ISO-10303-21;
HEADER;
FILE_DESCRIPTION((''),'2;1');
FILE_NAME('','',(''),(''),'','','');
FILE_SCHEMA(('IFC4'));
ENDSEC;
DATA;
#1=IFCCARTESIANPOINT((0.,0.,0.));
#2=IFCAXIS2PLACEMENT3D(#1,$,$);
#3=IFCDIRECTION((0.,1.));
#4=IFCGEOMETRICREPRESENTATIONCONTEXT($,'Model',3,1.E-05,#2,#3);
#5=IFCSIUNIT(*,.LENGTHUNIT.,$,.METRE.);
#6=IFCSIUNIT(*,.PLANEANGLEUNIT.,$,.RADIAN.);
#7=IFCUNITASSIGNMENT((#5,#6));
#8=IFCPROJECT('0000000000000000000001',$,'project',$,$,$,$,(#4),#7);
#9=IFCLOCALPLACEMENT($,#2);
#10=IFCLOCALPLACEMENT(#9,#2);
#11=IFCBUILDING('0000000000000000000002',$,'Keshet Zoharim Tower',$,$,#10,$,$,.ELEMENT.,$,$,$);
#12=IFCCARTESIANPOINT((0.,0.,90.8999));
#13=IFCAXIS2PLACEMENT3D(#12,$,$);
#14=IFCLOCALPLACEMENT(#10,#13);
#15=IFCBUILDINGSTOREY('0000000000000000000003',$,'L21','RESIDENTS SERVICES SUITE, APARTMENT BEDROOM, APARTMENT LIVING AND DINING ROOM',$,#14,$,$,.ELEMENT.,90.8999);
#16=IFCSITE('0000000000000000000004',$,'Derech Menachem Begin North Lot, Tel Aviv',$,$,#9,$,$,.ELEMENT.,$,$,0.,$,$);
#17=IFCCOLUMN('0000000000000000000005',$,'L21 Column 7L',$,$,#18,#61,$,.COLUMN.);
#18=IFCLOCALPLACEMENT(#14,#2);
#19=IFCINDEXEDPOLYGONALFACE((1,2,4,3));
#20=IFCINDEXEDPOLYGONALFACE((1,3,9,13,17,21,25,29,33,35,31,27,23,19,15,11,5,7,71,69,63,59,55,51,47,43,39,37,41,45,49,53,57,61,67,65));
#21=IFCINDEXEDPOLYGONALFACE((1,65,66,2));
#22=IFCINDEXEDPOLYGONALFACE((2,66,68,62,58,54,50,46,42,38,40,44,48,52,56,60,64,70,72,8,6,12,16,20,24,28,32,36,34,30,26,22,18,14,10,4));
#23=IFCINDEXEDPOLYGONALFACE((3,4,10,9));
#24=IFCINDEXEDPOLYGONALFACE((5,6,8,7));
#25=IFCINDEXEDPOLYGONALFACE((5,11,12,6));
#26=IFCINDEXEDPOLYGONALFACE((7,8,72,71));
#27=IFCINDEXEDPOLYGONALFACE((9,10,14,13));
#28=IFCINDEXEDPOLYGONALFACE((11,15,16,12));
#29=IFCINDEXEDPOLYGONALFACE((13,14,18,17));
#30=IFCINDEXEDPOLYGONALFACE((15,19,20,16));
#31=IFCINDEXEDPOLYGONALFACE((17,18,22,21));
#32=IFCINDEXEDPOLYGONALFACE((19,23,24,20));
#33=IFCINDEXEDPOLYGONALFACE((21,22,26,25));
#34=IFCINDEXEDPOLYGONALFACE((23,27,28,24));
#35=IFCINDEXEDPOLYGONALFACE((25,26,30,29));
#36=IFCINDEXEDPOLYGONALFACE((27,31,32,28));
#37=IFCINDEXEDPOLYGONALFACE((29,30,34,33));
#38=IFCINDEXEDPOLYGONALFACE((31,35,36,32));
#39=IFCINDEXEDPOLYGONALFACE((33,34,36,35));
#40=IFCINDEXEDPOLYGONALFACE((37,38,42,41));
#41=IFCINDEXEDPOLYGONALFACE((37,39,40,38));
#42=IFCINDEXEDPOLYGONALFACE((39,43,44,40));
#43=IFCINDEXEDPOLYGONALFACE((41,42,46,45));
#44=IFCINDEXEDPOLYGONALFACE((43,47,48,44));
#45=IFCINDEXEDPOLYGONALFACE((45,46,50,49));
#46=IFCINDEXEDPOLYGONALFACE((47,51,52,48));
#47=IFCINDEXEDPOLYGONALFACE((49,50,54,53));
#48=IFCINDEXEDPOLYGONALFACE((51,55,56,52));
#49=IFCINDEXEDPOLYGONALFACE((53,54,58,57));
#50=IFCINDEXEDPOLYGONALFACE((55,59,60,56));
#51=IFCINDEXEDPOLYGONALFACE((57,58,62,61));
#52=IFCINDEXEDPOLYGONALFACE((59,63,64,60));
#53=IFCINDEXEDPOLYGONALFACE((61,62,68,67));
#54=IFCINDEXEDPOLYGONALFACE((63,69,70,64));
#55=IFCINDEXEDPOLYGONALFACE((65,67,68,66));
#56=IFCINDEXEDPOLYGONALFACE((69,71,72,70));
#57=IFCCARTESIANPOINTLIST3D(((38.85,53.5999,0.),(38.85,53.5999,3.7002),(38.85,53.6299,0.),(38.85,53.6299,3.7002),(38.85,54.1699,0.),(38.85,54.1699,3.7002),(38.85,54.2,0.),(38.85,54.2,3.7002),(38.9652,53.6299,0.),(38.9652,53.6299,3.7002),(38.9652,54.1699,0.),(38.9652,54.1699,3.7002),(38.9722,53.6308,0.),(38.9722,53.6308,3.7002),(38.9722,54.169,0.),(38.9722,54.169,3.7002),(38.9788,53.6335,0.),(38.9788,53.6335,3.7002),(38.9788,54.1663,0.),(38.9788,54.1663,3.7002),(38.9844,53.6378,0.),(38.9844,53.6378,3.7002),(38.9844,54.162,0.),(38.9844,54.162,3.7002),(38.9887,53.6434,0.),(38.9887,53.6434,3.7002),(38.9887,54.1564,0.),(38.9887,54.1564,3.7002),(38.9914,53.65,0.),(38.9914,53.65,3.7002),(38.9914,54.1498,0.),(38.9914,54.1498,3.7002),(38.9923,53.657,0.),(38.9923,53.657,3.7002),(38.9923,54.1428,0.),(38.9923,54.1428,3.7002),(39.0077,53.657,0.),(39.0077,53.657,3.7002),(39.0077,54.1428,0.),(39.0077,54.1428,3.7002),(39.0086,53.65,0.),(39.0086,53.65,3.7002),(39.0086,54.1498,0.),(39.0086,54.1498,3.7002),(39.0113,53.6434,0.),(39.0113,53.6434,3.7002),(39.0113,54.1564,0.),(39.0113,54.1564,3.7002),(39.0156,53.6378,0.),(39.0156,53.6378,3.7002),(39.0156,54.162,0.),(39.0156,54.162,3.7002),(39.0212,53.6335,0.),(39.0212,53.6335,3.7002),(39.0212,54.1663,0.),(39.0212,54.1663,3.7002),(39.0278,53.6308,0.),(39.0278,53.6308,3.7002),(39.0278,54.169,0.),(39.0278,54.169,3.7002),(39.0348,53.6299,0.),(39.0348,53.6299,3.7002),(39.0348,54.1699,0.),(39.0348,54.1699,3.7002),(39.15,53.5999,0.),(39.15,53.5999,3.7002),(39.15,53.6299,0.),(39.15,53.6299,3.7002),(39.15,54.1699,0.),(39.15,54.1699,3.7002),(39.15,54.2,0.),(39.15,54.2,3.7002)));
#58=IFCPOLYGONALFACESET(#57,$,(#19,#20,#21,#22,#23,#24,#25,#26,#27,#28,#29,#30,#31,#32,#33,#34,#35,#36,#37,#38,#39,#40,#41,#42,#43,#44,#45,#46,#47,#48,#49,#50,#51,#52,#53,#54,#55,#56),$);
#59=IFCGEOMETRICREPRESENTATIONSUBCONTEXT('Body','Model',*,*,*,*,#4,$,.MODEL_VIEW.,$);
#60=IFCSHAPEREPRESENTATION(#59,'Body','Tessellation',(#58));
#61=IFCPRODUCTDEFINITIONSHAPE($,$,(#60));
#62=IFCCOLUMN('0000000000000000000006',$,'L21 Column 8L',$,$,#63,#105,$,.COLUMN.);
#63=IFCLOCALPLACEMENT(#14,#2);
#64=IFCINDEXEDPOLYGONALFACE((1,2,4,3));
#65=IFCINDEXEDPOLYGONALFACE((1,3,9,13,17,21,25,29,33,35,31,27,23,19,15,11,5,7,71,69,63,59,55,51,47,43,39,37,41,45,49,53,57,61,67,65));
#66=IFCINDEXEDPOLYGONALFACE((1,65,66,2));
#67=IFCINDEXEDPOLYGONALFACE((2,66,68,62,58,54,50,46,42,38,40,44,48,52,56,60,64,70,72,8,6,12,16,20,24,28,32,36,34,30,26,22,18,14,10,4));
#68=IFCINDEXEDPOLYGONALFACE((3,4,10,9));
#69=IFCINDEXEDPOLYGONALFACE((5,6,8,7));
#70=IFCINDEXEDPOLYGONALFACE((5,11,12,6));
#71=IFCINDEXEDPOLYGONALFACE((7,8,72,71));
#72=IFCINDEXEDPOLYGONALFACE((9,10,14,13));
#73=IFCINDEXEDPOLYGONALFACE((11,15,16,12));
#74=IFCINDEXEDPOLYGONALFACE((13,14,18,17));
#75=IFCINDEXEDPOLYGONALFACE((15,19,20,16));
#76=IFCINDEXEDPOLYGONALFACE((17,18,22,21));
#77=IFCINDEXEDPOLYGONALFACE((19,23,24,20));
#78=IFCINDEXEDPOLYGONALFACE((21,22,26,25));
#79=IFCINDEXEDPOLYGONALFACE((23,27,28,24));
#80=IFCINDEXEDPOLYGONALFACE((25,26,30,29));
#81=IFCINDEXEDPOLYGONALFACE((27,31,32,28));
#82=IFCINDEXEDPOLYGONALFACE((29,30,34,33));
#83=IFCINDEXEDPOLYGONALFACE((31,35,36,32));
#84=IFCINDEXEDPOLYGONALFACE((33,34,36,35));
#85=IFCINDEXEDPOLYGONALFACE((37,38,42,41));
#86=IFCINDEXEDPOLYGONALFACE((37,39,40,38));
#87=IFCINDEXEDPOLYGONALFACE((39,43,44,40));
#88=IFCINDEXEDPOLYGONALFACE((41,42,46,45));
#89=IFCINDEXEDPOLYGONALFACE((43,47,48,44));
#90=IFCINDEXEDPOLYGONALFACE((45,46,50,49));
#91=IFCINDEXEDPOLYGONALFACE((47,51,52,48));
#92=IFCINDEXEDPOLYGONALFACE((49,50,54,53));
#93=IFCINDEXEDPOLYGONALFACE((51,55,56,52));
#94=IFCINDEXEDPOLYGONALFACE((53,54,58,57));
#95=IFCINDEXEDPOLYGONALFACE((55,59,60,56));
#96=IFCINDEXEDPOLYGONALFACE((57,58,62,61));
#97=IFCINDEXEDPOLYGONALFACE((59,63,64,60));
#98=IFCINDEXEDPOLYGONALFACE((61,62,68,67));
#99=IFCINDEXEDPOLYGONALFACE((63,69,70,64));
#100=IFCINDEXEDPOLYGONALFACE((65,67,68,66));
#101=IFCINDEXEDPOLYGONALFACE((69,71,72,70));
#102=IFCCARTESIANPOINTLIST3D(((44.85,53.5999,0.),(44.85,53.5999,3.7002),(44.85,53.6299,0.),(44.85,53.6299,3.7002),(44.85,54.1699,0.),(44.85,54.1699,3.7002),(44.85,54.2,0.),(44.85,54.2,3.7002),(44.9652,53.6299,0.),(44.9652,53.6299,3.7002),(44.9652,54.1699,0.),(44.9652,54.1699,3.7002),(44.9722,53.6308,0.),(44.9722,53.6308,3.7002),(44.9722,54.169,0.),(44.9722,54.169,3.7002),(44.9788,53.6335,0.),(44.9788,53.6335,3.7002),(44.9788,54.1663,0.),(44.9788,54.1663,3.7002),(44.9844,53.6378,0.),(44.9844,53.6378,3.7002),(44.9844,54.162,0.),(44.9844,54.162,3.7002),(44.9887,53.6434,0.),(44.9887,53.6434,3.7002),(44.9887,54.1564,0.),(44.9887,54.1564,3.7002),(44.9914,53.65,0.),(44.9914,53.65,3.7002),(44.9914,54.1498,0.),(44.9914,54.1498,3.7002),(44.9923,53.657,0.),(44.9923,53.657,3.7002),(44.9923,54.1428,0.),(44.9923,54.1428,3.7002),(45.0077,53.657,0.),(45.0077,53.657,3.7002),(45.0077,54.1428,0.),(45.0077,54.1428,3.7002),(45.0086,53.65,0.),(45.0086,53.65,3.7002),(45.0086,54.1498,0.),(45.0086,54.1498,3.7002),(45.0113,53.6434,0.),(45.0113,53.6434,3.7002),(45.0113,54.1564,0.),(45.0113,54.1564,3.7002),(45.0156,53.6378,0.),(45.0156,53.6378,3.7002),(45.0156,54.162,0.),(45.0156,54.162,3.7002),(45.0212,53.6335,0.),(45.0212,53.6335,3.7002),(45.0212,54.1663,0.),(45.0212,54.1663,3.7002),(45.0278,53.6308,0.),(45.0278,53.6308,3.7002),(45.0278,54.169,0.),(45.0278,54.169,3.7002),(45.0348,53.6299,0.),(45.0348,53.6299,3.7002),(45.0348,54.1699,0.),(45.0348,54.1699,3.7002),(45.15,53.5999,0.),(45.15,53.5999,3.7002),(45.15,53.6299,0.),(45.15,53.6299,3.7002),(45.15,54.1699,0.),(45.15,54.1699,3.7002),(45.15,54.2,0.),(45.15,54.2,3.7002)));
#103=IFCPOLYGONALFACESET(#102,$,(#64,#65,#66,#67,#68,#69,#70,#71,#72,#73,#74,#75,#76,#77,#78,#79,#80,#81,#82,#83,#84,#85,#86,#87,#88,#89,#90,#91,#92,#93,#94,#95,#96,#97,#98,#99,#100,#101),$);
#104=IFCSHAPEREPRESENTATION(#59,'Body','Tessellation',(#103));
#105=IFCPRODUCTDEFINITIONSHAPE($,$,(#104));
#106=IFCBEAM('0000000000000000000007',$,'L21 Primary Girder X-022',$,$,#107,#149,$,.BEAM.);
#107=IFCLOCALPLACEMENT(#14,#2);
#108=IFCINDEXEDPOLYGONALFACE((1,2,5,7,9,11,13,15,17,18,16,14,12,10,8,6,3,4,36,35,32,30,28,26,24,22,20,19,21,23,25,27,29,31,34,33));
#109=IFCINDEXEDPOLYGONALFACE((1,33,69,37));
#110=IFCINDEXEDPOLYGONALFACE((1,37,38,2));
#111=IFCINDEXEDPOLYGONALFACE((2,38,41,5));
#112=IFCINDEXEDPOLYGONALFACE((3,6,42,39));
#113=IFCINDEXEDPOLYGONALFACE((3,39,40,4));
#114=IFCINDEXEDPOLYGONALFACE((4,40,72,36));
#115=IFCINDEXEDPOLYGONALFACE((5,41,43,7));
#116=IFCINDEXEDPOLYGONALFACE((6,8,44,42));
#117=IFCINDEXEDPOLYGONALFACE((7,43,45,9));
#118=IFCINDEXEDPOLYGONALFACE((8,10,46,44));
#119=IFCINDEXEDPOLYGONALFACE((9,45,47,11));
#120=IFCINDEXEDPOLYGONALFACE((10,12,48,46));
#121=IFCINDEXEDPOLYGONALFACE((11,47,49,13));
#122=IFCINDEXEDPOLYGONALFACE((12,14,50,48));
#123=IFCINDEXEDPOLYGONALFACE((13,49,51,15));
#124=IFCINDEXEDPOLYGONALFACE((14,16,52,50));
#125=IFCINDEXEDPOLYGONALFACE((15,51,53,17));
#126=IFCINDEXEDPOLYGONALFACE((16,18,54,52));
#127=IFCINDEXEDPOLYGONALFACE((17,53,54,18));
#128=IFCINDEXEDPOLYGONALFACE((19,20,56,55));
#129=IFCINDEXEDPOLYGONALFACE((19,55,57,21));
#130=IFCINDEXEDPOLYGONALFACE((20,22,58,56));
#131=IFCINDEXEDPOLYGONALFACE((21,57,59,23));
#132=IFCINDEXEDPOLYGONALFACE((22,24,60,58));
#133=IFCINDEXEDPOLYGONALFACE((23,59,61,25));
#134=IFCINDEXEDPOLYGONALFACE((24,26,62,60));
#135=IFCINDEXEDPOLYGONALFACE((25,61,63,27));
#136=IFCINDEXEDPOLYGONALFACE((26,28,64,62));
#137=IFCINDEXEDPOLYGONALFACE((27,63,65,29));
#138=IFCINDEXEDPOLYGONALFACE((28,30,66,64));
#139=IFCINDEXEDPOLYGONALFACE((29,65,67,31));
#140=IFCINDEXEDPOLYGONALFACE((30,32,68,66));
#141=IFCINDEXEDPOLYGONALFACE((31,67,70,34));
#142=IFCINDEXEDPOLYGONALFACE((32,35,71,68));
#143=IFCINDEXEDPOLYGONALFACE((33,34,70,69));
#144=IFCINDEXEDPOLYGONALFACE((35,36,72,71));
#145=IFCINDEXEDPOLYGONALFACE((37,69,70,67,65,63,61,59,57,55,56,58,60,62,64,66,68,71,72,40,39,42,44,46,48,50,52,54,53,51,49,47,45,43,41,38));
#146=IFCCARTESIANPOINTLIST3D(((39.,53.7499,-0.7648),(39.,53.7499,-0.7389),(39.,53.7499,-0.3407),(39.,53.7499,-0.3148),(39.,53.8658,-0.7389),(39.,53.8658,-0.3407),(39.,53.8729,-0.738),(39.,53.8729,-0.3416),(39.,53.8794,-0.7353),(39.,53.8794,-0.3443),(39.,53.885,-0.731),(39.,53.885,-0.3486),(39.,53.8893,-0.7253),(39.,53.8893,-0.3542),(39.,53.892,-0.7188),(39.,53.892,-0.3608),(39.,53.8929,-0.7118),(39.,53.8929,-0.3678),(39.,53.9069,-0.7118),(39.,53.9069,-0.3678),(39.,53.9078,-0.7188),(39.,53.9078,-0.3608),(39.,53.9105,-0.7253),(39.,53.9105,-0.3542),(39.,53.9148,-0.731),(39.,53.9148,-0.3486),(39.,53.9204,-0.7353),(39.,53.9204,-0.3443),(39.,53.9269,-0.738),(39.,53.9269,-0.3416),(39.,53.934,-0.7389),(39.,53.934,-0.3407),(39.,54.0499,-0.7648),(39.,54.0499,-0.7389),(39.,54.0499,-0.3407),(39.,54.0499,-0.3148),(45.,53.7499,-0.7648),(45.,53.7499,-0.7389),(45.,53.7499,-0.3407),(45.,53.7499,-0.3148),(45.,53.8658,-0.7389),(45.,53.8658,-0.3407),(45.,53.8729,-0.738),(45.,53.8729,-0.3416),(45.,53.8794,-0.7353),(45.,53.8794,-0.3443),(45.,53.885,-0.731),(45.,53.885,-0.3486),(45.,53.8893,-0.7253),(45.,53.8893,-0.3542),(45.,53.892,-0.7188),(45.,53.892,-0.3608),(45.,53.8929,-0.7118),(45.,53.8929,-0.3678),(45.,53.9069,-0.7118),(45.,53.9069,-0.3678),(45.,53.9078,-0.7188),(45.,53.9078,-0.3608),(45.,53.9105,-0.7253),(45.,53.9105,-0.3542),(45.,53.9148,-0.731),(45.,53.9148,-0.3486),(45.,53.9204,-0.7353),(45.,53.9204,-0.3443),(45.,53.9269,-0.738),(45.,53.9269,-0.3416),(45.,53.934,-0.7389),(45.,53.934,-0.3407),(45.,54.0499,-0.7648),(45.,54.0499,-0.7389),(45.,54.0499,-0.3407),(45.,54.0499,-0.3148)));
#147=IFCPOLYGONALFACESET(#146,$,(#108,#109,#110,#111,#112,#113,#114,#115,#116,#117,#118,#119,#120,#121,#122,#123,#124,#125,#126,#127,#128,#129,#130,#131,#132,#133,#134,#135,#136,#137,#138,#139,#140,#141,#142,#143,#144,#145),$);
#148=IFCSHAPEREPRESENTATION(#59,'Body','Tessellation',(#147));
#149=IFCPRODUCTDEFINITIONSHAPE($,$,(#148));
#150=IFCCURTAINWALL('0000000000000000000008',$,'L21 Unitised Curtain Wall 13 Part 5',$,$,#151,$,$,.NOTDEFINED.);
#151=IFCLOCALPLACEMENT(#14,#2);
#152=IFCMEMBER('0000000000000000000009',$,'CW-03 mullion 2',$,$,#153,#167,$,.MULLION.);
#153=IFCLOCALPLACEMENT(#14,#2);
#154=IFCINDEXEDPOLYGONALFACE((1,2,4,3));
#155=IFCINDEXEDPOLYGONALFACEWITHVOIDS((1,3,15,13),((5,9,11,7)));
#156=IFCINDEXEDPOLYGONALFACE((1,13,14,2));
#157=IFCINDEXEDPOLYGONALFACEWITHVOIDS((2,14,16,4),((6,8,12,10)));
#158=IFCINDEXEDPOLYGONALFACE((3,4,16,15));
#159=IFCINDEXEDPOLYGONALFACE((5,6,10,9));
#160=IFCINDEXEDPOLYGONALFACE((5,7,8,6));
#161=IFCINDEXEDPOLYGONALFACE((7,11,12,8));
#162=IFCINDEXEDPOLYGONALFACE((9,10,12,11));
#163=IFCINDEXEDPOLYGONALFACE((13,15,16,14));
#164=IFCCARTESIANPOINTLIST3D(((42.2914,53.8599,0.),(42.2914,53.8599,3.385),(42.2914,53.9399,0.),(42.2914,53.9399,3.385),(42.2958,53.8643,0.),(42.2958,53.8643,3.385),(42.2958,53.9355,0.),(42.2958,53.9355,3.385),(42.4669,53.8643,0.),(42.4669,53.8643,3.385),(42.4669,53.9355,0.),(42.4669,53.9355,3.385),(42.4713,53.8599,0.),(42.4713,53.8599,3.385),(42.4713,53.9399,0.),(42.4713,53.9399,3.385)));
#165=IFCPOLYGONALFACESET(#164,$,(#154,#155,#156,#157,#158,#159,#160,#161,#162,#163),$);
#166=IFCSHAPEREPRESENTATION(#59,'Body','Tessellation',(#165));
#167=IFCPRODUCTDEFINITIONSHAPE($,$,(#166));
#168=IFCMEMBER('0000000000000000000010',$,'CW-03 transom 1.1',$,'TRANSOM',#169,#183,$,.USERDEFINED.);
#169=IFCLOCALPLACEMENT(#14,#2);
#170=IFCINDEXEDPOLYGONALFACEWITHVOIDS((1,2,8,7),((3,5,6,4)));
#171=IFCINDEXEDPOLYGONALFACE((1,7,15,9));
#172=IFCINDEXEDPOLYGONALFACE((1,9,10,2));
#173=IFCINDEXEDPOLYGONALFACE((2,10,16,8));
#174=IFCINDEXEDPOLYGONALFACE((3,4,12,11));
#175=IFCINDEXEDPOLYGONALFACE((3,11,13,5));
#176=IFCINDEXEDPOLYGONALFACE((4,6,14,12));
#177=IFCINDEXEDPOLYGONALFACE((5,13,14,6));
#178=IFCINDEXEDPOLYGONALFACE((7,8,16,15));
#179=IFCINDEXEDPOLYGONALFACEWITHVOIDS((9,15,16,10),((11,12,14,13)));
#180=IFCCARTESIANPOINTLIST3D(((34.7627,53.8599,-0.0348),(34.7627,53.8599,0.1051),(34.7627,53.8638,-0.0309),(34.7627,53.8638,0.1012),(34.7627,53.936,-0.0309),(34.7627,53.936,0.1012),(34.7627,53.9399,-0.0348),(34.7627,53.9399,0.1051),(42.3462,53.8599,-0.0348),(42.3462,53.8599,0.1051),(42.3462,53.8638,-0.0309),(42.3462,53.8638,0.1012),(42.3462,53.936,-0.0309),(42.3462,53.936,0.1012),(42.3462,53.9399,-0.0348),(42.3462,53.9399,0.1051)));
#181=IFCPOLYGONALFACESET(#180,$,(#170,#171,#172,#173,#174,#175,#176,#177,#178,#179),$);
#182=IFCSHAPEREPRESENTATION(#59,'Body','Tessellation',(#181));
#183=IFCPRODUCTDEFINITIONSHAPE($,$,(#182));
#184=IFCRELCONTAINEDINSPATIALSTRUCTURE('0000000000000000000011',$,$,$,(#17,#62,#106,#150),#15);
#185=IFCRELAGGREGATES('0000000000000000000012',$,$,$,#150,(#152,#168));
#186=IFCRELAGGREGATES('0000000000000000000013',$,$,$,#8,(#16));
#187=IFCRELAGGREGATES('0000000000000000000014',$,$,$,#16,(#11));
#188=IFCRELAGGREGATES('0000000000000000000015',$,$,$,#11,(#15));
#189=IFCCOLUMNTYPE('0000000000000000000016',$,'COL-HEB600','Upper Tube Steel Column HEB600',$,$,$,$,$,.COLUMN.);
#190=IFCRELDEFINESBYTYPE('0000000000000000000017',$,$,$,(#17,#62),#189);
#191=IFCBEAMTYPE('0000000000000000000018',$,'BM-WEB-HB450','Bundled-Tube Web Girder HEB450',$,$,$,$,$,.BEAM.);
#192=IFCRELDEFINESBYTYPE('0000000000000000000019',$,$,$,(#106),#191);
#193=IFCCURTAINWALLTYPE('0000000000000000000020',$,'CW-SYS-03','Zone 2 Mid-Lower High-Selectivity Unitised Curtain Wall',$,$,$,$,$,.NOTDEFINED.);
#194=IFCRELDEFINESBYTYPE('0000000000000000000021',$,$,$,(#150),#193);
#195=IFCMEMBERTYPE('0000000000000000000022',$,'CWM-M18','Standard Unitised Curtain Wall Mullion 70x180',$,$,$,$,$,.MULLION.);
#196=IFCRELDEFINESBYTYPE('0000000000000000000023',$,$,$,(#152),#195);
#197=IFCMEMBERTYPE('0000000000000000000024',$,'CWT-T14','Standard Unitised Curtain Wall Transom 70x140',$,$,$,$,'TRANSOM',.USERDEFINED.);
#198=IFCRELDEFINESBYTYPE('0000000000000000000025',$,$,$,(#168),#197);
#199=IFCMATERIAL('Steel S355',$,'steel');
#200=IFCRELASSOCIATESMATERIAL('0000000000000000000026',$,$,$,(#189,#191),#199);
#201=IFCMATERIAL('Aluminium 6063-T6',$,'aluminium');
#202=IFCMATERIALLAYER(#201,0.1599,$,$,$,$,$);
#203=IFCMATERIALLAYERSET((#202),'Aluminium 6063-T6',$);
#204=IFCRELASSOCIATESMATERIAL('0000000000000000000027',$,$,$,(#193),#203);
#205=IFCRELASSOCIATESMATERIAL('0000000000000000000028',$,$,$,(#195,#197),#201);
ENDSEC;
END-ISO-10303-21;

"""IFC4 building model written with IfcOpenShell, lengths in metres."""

from ifc_helpers import new_model, si_unit, direction, frame, origin, origin_2d, place, context, subcontext, project, spatial, hollow_rectangle, i_section, extrude, material, layer, layer_set, material_profile, profile_set, type_object, element, aggregate, save


model = new_model("IFC4")

# Units and contexts
model_context = context("Model", 3, precision=1e-05, world=origin(), true_north=direction((0.0, 1.0)))
body_context = subcontext(model_context, "Body", "Model", "MODEL_VIEW")
ifc_project = project(units=[si_unit("LENGTHUNIT", "METRE"), si_unit("PLANEANGLEUNIT", "RADIAN")], contexts=[model_context])

# Site, building, storey
site_placement = place(None, origin())
site = spatial("IfcSite", under=ifc_project, at=site_placement, Name="Derech Menachem Begin North Lot, Tel Aviv", CompositionType="ELEMENT", RefElevation=0.0)
building_placement = place(site_placement, origin())
building = spatial("IfcBuilding", under=site, at=building_placement, Name="Keshet Zoharim Tower", CompositionType="ELEMENT")
storey_placement = place(building_placement, frame((0.0, 0.0, 90.8999)))
storey = spatial("IfcBuildingStorey", under=building, at=storey_placement, Name="L21", Description="RESIDENTS SERVICES SUITE, APARTMENT BEDROOM, APARTMENT LIVING AND DINING ROOM", CompositionType="ELEMENT", Elevation=90.8999)

# Columns
ifc_material_1 = material(Name="Steel S355", Category="steel")
ifc_material_profile_1 = material_profile(ifc_material_1, i_section(OverallWidth=0.3, OverallDepth=0.6001, WebThickness=0.0154, FlangeThickness=0.03, FilletRadius=0.0271, at=origin_2d()), Name="HEB600")
ifc_profile_set_1 = profile_set([ifc_material_profile_1], Name="Steel S355")
column_type = type_object("IfcColumnType", Name="COL-HEB600", Description="Upper Tube Steel Column HEB600", PredefinedType="COLUMN", material=ifc_profile_set_1)
for number, where, z_axis, x_axis, name in (
    (1, (39.0, 53.8999, 0.0), (0.0, 0.0, 1.0), (1.0, 0.0, 0.0), "L21 Column 7L"),
    (2, (45.0, 53.8999, 0.0), (0.0, 0.0, 1.0), (1.0, 0.0, 0.0), "L21 Column 8L"),
):
    element("IfcColumn", number, at=place(storey_placement, frame(where, z_axis=z_axis, x_axis=x_axis)), inside=storey, type_object=column_type, Name=name, PredefinedType="COLUMN", context=body_context, shape_type="SweptSolid", body=[
        extrude(i_section(OverallWidth=0.3, OverallDepth=0.6001, WebThickness=0.0154, FlangeThickness=0.03, FilletRadius=0.0271, at=origin_2d()), origin(), (0.0, 0.0, 1.0), 3.7002),
    ])

# Beam
ifc_material_profile_2 = material_profile(ifc_material_1, i_section(OverallWidth=0.3, OverallDepth=0.45, WebThickness=0.0139, FlangeThickness=0.0259, FilletRadius=0.0271, at=origin_2d()), Name="HEB450")
ifc_profile_set_2 = profile_set([ifc_material_profile_2], Name="Steel S355")
beam_type = type_object("IfcBeamType", Name="BM-WEB-HB450", Description="Bundled-Tube Web Girder HEB450", PredefinedType="BEAM", material=ifc_profile_set_2)
beam_placement = place(storey_placement, frame((39.0, 53.8999, -0.5398), z_axis=(1.0, 0.0, 0.0), x_axis=(0.0, 1.0, 0.0)))
element("IfcBeam", 3, at=beam_placement, inside=storey, type_object=beam_type, Name="L21 Primary Girder X-022", PredefinedType="BEAM", context=body_context, shape_type="SweptSolid", body=[
    extrude(i_section(OverallWidth=0.3, OverallDepth=0.45, WebThickness=0.0139, FlangeThickness=0.0259, FilletRadius=0.0271, at=origin_2d()), origin(), (0.0, 0.0, 1.0), 6.0),
])

# Curtain wall, members
ifc_material_2 = material(Name="Aluminium 6063-T6", Category="aluminium")
ifc_layer_1 = layer(ifc_material_2, 0.1599)
ifc_layer_set_1 = layer_set([ifc_layer_1], Name="Aluminium 6063-T6")
curtain_wall_type = type_object("IfcCurtainWallType", Name="CW-SYS-03", Description="Zone 2 Mid-Lower High-Selectivity Unitised Curtain Wall", PredefinedType="NOTDEFINED", material=ifc_layer_set_1)
curtain_wall_placement = place(storey_placement, origin())
curtain_wall = element("IfcCurtainWall", 4, at=curtain_wall_placement, inside=storey, type_object=curtain_wall_type, Name="L21 Unitised Curtain Wall 13 Part 5", PredefinedType="NOTDEFINED")
ifc_material_profile_3 = material_profile(ifc_material_2, hollow_rectangle(XDim=0.0801, YDim=0.1799, WallThickness=0.0044, at=origin_2d()), Name="MUL-80x180")
ifc_profile_set_3 = profile_set([ifc_material_profile_3], Name="Aluminium 6063-T6")
member_type_1 = type_object("IfcMemberType", Name="CWM-M18", Description="Standard Unitised Curtain Wall Mullion 70x180", PredefinedType="MULLION", material=ifc_profile_set_3)
member_1_placement = place(storey_placement, frame((42.3813, 53.8999, 0.0), z_axis=(0.0, 0.0, 1.0), x_axis=(0.0, 1.0, 0.0)))
member_1 = element("IfcMember", 5, at=member_1_placement, type_object=member_type_1, Name="CW-03 mullion 2", PredefinedType="MULLION", context=body_context, shape_type="SweptSolid", body=[
    extrude(hollow_rectangle(XDim=0.0801, YDim=0.1799, WallThickness=0.0044, at=origin_2d()), origin(), (0.0, 0.0, 1.0), 3.385),
])
ifc_material_profile_4 = material_profile(ifc_material_2, hollow_rectangle(XDim=0.0801, YDim=0.1399, WallThickness=0.0039, at=origin_2d()), Name="TRN-80x140")
ifc_profile_set_4 = profile_set([ifc_material_profile_4], Name="Aluminium 6063-T6")
member_type_2 = type_object("IfcMemberType", Name="CWT-T14", Description="Standard Unitised Curtain Wall Transom 70x140", ElementType="TRANSOM", PredefinedType="USERDEFINED", material=ifc_profile_set_4)
member_2_placement = place(storey_placement, frame((34.7627, 53.8999, 0.0352), z_axis=(1.0, 0.0, 0.0), x_axis=(0.0, 1.0, 0.0)))
member_2 = element("IfcMember", 6, at=member_2_placement, type_object=member_type_2, Name="CW-03 transom 1.1", ObjectType="TRANSOM", PredefinedType="USERDEFINED", context=body_context, shape_type="SweptSolid", body=[
    extrude(hollow_rectangle(XDim=0.0801, YDim=0.1399, WallThickness=0.0039, at=origin_2d()), origin(), (0.0, 0.0, 1.0), 7.5835),
])
aggregate(curtain_wall, [member_1, member_2])

save(model, "model.ifc")
